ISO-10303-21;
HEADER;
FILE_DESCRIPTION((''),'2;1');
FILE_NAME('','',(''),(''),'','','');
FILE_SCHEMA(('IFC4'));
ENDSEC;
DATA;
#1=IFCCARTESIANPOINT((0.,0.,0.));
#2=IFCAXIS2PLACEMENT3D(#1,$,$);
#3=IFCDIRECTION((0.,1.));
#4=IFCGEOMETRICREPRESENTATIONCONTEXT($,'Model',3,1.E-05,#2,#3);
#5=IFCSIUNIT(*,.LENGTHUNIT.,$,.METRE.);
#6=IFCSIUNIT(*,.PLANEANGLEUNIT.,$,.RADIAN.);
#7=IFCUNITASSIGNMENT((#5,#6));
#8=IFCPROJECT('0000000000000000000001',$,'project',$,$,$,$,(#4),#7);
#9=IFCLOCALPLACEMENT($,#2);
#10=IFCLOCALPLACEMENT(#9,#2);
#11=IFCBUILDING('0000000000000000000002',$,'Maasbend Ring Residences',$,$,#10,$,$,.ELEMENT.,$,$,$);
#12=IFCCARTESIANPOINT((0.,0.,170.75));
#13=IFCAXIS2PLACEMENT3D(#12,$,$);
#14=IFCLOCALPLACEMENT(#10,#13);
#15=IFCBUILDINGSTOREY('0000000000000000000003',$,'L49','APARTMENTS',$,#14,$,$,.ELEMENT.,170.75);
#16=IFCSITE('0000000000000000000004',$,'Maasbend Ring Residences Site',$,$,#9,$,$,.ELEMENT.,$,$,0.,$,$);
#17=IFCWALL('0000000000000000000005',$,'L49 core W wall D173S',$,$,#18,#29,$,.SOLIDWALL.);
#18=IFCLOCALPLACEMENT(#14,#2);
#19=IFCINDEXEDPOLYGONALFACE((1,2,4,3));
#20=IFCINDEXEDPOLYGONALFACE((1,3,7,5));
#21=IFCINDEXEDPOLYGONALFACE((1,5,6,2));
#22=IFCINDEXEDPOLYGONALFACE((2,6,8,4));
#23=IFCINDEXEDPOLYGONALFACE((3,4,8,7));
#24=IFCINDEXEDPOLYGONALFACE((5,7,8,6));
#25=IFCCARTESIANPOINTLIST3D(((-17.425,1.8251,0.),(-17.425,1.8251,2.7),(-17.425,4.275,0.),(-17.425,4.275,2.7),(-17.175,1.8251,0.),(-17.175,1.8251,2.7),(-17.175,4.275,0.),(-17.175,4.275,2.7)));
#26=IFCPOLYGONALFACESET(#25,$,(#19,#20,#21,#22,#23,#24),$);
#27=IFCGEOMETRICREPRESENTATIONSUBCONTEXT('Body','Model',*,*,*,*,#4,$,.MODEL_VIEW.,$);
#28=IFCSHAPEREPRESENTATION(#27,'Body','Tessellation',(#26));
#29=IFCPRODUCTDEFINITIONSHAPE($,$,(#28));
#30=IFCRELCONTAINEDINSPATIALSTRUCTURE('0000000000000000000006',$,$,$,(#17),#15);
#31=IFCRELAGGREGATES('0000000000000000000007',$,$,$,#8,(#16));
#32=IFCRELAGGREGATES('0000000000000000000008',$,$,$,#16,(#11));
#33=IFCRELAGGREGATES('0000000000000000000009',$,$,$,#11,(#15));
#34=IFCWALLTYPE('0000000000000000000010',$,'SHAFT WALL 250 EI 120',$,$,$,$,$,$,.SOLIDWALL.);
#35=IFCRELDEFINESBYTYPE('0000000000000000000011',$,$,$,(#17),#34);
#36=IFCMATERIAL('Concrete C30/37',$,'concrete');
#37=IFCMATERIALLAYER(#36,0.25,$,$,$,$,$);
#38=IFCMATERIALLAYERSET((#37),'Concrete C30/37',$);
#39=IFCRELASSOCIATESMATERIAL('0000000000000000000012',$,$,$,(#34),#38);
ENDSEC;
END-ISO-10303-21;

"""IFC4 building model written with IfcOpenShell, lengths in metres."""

from ifc_helpers import new_model, si_unit, direction, frame, frame_2d, origin, place, context, subcontext, project, spatial, rectangle, extrude, material, layer, layer_set, type_object, element, save


model = new_model("IFC4")

# Units and contexts
model_context = context("Model", 3, precision=1e-05, world=origin(), true_north=direction((0.0, 1.0)))
body_context = subcontext(model_context, "Body", "Model", "MODEL_VIEW")
ifc_project = project(units=[si_unit("LENGTHUNIT", "METRE"), si_unit("PLANEANGLEUNIT", "RADIAN")], contexts=[model_context])

# Site, building, storey
site_placement = place(None, origin())
site = spatial("IfcSite", under=ifc_project, at=site_placement, Name="Maasbend Ring Residences Site", CompositionType="ELEMENT", RefElevation=0.0)
building_placement = place(site_placement, origin())
building = spatial("IfcBuilding", under=site, at=building_placement, Name="Maasbend Ring Residences", CompositionType="ELEMENT")
storey_placement = place(building_placement, frame((0.0, 0.0, 170.75)))
storey = spatial("IfcBuildingStorey", under=building, at=storey_placement, Name="L49", Description="APARTMENTS", CompositionType="ELEMENT", Elevation=170.75)

# Wall
ifc_material_1 = material(Name="Concrete C30/37", Category="concrete")
ifc_layer_1 = layer(ifc_material_1, 0.25)
ifc_layer_set_1 = layer_set([ifc_layer_1], Name="Concrete C30/37")
wall_type_1 = type_object("IfcWallType", Name="SHAFT WALL 250 EI 120", PredefinedType="SOLIDWALL", material=ifc_layer_set_1)
wall_1_placement = place(storey_placement, frame((-17.3, 1.825, 0.0), z_axis=(0.0, 0.0, 1.0), x_axis=(0.0, 1.0, 0.0)))
element("IfcWall", 1, at=wall_1_placement, inside=storey, type_object=wall_type_1, Name="L49 core W wall D173S", PredefinedType="SOLIDWALL", context=body_context, shape_type="SweptSolid", body=[
    extrude(rectangle(XDim=2.45, YDim=0.25, at=frame_2d((1.2251, 0.0))), origin(), (0.0, 0.0, 1.0), 2.7),
])

save(model, "model.ifc")
